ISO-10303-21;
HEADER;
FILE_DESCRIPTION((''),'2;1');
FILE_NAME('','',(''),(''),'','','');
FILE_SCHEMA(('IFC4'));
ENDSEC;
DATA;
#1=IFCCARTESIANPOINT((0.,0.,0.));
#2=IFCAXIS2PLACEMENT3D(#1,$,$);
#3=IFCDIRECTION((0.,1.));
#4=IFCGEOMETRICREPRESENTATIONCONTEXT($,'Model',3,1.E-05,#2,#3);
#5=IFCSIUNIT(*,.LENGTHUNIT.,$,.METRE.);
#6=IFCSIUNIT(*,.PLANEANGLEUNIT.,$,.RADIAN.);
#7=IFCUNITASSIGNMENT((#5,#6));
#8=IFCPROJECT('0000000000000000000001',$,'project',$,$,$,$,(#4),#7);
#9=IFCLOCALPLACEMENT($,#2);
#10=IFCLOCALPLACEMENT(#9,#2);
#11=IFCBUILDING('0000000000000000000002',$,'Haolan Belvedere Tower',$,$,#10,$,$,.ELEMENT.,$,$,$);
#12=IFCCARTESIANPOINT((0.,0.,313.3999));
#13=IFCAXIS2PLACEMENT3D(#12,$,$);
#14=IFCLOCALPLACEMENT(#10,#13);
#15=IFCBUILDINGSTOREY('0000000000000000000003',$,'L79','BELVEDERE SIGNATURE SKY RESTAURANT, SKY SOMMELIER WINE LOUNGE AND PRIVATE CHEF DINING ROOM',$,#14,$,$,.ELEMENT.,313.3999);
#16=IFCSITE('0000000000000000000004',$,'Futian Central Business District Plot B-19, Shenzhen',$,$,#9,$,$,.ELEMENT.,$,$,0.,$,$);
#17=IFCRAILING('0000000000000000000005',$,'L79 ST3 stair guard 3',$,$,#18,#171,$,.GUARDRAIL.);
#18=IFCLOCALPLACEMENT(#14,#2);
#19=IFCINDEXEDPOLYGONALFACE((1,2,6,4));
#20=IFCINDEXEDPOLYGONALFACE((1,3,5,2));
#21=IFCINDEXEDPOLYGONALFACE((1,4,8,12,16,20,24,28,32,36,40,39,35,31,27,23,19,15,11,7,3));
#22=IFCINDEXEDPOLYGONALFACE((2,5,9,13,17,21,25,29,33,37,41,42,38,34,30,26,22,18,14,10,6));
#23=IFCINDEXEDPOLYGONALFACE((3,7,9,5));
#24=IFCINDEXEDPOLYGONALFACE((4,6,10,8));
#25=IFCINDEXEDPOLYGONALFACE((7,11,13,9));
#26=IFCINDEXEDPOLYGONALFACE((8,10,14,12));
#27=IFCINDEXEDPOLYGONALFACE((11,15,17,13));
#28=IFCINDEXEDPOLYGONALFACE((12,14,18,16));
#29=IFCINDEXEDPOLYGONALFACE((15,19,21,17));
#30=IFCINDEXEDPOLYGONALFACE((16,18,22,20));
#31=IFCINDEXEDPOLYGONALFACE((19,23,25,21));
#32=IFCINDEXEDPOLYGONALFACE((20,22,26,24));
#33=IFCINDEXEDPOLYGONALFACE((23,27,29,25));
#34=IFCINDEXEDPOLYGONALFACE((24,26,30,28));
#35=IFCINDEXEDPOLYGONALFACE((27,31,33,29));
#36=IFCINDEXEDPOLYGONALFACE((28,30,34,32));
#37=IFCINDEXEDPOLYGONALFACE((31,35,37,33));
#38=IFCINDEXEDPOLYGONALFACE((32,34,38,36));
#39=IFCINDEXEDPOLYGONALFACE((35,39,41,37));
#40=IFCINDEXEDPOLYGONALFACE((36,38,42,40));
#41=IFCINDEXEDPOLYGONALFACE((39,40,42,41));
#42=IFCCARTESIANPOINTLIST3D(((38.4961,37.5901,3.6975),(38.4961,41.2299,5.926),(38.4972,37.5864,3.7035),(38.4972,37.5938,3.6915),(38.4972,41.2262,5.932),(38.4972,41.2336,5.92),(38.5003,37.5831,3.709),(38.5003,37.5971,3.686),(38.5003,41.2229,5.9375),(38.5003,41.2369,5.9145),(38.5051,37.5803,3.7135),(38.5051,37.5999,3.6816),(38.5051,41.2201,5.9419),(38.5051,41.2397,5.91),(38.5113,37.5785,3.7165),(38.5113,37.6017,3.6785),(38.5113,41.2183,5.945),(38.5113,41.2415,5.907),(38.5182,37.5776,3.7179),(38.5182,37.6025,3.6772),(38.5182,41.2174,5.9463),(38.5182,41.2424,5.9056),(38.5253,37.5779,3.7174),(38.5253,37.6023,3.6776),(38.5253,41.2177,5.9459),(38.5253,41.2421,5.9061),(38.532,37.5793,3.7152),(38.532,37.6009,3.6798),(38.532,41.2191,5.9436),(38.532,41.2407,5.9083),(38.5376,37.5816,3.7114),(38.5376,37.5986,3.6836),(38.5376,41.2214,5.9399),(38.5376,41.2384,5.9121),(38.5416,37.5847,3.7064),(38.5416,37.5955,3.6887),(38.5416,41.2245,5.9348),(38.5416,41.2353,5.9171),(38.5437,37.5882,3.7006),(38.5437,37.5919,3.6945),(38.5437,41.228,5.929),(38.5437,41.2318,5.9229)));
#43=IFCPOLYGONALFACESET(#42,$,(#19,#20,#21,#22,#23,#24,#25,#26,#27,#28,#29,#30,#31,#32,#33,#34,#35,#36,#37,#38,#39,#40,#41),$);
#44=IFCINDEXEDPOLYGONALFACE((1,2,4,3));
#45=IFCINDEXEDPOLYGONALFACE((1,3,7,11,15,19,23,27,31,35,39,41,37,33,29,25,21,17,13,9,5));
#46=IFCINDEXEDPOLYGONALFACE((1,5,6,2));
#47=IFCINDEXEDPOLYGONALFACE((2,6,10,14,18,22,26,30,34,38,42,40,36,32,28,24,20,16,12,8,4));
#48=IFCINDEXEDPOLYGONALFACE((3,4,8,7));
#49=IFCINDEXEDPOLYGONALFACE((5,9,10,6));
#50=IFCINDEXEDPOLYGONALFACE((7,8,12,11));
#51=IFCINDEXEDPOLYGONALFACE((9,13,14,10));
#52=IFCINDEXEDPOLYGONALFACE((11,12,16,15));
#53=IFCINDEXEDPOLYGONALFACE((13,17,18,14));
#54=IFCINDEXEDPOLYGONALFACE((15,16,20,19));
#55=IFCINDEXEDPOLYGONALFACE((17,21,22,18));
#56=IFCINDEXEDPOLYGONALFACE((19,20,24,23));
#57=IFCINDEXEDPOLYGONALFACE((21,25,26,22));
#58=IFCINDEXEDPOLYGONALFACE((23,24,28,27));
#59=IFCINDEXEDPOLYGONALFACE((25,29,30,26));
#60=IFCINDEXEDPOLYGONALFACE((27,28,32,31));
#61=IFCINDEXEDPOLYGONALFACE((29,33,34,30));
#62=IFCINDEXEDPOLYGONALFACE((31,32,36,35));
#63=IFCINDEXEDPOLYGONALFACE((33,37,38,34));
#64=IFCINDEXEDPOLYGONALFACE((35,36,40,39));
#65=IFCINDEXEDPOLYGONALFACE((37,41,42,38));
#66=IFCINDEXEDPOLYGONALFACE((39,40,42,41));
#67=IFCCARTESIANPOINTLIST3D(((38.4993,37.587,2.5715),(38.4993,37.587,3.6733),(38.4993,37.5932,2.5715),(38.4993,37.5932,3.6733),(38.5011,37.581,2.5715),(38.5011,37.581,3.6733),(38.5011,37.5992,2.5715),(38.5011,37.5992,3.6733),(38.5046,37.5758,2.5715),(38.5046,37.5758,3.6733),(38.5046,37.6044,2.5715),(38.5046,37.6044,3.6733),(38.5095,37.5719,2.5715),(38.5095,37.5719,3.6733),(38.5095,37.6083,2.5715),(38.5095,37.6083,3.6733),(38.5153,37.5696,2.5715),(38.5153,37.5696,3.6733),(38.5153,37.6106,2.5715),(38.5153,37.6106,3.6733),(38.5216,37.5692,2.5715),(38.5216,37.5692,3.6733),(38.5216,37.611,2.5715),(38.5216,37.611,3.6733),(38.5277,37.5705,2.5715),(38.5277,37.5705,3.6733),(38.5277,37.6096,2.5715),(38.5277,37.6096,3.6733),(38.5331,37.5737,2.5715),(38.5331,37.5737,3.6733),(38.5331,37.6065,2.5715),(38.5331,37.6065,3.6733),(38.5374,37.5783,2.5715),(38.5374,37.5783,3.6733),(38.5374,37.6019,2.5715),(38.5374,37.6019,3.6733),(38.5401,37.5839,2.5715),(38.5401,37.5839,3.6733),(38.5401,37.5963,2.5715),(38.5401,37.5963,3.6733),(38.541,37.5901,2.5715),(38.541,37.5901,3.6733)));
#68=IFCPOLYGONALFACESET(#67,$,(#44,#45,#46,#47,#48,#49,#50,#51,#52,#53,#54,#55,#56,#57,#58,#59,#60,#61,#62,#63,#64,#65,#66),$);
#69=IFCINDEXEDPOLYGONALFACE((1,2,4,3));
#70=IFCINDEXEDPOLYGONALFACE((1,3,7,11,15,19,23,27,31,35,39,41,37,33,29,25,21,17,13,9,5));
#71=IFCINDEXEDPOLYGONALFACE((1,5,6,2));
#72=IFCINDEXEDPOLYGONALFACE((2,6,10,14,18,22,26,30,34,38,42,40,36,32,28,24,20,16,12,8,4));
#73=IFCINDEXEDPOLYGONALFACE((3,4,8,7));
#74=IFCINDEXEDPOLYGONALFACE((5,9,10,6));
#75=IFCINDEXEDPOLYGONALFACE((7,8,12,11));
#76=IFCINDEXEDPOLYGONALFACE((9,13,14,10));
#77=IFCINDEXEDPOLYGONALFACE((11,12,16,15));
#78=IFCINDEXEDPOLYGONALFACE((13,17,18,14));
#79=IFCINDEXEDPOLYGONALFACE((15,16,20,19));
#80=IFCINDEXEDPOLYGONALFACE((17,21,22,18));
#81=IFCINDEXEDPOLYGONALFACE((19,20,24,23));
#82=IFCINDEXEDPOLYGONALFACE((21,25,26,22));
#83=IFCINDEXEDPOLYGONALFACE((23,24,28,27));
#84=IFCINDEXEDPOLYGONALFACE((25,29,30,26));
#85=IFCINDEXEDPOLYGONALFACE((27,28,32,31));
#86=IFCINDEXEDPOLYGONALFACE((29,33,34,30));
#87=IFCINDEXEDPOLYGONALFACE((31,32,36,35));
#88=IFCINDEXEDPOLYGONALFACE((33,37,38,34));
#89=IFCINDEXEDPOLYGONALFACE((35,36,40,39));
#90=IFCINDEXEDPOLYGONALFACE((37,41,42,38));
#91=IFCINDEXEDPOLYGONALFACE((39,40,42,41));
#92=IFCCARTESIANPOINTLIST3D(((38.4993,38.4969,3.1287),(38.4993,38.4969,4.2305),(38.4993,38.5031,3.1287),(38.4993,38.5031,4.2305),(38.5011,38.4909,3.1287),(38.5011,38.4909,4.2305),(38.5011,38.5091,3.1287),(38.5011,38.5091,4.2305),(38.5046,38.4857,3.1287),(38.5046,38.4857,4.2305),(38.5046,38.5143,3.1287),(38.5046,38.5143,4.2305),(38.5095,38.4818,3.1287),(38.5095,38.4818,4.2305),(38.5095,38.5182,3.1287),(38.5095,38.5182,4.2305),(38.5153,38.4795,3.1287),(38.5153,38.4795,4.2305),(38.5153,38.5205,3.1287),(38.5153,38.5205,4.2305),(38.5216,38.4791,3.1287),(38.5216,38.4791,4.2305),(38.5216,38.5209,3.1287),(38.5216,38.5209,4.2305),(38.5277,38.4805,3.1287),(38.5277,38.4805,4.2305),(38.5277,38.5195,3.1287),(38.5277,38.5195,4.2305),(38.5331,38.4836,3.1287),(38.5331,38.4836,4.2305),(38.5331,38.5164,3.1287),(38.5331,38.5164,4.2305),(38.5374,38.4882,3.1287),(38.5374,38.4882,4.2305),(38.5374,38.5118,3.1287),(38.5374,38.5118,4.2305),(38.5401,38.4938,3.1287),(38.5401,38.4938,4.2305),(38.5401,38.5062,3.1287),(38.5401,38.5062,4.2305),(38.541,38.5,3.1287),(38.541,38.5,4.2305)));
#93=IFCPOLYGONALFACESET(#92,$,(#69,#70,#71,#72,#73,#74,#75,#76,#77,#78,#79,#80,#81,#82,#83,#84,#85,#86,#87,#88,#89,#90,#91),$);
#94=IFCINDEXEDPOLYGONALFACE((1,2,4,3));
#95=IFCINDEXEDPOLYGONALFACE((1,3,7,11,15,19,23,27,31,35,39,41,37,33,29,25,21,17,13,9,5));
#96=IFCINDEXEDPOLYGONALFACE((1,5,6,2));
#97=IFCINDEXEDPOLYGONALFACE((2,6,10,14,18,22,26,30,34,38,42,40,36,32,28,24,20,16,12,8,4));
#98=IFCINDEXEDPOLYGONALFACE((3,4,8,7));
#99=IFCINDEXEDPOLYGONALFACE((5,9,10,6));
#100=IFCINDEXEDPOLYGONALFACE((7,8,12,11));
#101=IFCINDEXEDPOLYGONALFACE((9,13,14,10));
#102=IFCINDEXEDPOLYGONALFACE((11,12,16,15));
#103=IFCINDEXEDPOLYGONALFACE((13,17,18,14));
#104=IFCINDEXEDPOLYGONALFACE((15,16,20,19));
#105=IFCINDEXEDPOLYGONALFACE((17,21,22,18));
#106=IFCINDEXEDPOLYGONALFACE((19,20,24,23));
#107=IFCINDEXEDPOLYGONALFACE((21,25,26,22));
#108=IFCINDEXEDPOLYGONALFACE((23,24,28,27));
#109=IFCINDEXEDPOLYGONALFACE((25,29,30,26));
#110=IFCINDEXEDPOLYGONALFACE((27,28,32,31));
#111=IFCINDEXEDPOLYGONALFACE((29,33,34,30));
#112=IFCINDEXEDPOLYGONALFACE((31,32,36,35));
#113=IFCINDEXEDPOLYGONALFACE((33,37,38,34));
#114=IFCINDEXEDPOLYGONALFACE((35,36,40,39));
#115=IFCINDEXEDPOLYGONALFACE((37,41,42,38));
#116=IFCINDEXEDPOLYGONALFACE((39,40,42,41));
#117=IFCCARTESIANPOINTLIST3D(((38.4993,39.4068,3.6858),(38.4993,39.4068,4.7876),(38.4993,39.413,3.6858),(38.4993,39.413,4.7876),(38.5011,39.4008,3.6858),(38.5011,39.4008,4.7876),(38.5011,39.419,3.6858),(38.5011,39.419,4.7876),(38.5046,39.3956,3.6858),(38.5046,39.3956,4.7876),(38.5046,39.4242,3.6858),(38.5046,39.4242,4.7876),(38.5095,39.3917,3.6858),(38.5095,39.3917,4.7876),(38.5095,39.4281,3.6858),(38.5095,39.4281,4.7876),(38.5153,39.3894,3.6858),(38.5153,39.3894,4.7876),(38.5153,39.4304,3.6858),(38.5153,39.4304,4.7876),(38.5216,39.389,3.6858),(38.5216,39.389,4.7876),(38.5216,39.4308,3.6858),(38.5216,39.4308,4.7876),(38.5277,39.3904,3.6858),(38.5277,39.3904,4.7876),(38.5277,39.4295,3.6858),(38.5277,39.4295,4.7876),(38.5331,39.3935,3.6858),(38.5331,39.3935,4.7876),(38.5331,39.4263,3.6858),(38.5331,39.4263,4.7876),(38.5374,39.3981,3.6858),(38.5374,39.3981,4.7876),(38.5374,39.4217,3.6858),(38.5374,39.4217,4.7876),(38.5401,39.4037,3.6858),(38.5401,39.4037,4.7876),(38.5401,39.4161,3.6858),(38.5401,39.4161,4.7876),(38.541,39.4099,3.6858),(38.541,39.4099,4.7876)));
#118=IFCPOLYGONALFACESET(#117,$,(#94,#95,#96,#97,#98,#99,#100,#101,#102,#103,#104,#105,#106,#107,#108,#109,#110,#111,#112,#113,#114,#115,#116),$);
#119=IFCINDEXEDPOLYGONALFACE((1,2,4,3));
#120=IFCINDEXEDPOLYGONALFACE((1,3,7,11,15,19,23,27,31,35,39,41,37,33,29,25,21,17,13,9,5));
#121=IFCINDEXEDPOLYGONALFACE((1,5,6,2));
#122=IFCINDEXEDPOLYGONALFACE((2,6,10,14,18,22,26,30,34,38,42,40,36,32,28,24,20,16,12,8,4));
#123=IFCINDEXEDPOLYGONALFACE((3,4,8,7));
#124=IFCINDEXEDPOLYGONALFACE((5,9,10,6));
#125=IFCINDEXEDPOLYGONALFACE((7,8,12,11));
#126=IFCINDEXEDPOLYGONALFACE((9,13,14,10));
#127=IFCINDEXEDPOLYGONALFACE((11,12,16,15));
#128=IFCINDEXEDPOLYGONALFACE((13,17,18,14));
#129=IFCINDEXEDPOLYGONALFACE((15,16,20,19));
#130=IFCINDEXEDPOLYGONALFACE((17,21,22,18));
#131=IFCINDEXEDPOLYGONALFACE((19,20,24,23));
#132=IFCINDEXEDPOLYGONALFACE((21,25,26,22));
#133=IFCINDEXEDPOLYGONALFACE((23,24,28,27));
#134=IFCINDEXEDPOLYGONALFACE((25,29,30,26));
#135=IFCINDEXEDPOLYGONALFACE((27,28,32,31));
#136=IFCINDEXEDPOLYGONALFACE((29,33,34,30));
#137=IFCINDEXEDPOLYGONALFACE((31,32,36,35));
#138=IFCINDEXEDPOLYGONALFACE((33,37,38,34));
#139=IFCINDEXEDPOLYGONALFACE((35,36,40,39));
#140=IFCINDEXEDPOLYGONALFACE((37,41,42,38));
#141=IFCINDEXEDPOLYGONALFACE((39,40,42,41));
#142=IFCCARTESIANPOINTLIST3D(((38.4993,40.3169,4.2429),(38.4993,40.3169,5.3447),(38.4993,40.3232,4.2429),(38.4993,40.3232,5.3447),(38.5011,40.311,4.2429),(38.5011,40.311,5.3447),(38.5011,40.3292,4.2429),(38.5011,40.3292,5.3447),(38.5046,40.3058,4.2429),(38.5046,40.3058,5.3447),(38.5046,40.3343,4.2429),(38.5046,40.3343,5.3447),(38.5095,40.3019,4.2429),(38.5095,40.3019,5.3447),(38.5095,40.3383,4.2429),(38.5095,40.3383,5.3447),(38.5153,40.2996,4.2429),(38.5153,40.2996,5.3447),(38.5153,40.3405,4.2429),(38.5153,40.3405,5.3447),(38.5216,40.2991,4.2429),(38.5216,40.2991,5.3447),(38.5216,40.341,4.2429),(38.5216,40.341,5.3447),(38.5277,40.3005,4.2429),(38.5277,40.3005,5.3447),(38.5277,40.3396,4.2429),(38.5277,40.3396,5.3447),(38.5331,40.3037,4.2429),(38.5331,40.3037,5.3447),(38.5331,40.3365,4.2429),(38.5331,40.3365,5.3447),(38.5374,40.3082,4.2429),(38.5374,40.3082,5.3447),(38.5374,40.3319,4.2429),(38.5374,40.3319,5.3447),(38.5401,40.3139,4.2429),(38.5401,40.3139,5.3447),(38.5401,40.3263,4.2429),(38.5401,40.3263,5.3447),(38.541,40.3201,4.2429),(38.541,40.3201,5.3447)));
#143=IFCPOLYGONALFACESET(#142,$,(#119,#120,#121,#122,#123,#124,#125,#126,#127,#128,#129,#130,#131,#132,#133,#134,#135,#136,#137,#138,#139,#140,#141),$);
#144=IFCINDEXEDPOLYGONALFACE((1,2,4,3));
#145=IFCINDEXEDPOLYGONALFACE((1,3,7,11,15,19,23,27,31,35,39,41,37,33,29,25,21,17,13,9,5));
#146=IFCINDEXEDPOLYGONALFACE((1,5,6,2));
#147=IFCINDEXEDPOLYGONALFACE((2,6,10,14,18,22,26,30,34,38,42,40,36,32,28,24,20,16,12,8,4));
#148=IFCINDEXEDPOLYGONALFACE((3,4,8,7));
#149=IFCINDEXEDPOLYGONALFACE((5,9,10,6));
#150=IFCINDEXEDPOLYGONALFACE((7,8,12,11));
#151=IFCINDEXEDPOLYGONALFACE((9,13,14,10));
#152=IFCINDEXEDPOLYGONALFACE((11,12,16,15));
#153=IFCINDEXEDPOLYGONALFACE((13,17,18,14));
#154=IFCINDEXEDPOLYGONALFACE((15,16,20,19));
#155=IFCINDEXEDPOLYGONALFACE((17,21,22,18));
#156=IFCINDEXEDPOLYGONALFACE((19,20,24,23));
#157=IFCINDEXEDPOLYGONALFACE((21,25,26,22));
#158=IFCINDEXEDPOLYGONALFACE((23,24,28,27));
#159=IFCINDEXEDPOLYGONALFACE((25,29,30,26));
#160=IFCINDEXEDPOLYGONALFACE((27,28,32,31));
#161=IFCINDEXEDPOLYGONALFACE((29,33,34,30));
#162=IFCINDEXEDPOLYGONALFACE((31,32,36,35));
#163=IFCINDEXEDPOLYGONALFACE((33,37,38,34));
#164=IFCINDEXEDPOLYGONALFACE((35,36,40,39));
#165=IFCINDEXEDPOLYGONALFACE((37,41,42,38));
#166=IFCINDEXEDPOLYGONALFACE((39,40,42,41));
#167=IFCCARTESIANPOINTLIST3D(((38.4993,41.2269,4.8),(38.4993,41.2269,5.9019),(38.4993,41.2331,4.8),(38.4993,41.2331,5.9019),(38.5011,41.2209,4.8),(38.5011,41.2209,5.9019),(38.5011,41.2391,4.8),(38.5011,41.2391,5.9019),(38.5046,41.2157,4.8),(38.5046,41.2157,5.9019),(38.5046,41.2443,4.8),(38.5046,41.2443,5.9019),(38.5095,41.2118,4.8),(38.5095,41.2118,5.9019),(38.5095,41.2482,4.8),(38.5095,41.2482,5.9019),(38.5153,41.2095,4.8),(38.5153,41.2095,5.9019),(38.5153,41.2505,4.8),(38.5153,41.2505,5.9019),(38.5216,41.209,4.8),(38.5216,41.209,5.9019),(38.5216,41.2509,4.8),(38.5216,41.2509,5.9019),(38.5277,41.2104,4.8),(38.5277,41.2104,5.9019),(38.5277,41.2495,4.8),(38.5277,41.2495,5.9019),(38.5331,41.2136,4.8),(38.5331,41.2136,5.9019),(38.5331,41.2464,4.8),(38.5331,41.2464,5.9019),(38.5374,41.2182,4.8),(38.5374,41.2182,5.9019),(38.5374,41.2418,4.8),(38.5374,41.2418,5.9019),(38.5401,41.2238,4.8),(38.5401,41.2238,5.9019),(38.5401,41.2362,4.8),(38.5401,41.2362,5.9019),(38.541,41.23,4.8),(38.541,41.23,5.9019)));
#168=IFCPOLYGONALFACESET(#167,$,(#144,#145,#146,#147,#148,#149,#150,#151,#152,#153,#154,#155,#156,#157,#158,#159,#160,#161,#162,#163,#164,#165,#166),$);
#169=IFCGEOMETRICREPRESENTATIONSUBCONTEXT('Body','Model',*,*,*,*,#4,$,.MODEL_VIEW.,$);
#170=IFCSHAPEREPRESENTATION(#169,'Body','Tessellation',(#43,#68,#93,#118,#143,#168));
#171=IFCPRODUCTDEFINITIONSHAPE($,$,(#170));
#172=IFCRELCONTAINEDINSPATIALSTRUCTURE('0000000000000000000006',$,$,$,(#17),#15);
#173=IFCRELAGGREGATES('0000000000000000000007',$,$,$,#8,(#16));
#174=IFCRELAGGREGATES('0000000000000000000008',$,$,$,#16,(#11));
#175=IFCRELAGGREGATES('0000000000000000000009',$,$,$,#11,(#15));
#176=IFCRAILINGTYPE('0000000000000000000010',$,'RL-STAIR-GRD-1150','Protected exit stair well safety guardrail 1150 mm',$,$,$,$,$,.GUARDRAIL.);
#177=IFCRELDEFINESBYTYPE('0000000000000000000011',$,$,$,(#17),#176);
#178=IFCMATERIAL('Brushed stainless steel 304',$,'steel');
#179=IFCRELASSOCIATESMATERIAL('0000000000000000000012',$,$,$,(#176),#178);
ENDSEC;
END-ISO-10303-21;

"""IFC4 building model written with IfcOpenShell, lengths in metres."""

from ifc_helpers import new_model, si_unit, direction, frame, origin, origin_2d, place, context, subcontext, project, spatial, circle, extrude, material, type_object, element, save


model = new_model("IFC4")

# Units and contexts
model_context = context("Model", 3, precision=1e-05, world=origin(), true_north=direction((0.0, 1.0)))
body_context = subcontext(model_context, "Body", "Model", "MODEL_VIEW")
ifc_project = project(units=[si_unit("LENGTHUNIT", "METRE"), si_unit("PLANEANGLEUNIT", "RADIAN")], contexts=[model_context])

# Site, building, storey
site_placement = place(None, origin())
site = spatial("IfcSite", under=ifc_project, at=site_placement, Name="Futian Central Business District Plot B-19, Shenzhen", CompositionType="ELEMENT", RefElevation=0.0)
building_placement = place(site_placement, origin())
building = spatial("IfcBuilding", under=site, at=building_placement, Name="Haolan Belvedere Tower", CompositionType="ELEMENT")
storey_placement = place(building_placement, frame((0.0, 0.0, 313.3999)))
storey = spatial("IfcBuildingStorey", under=building, at=storey_placement, Name="L79", Description="BELVEDERE SIGNATURE SKY RESTAURANT, SKY SOMMELIER WINE LOUNGE AND PRIVATE CHEF DINING ROOM", CompositionType="ELEMENT", Elevation=313.3999)

# Railing
ifc_material_1 = material(Name="Brushed stainless steel 304", Category="steel")
railing_type_1 = type_object("IfcRailingType", Name="RL-STAIR-GRD-1150", Description="Protected exit stair well safety guardrail 1150 mm", PredefinedType="GUARDRAIL", material=ifc_material_1)
railing_1_placement = place(storey_placement, frame((38.52, 37.5901, 2.5715)))
element("IfcRailing", 1, at=railing_1_placement, inside=storey, type_object=railing_type_1, Name="L79 ST3 stair guard 3", PredefinedType="GUARDRAIL", context=body_context, shape_type="SweptSolid", body=[
    extrude(circle(Radius=0.0239, at=origin_2d()), frame((0.0, 0.0, 1.126), z_axis=(0.0, 0.85285, 0.522156), x_axis=(-1.0, 0.0, 0.0)), (0.0, 0.0, 1.0), 4.2678),
    extrude(circle(Radius=0.021, at=origin_2d()), origin(), (0.0, 0.0, 1.0), 1.1018),
    extrude(circle(Radius=0.021, at=origin_2d()), frame((0.0, 0.9099, 0.5571)), (0.0, 0.0, 1.0), 1.1018),
    extrude(circle(Radius=0.021, at=origin_2d()), frame((0.0, 1.8198, 1.1143)), (0.0, 0.0, 1.0), 1.1018),
    extrude(circle(Radius=0.021, at=origin_2d()), frame((0.0, 2.73, 1.6714)), (0.0, 0.0, 1.0), 1.1018),
    extrude(circle(Radius=0.021, at=origin_2d()), frame((0.0, 3.6399, 2.2285)), (0.0, 0.0, 1.0), 1.1018),
])

save(model, "model.ifc")
